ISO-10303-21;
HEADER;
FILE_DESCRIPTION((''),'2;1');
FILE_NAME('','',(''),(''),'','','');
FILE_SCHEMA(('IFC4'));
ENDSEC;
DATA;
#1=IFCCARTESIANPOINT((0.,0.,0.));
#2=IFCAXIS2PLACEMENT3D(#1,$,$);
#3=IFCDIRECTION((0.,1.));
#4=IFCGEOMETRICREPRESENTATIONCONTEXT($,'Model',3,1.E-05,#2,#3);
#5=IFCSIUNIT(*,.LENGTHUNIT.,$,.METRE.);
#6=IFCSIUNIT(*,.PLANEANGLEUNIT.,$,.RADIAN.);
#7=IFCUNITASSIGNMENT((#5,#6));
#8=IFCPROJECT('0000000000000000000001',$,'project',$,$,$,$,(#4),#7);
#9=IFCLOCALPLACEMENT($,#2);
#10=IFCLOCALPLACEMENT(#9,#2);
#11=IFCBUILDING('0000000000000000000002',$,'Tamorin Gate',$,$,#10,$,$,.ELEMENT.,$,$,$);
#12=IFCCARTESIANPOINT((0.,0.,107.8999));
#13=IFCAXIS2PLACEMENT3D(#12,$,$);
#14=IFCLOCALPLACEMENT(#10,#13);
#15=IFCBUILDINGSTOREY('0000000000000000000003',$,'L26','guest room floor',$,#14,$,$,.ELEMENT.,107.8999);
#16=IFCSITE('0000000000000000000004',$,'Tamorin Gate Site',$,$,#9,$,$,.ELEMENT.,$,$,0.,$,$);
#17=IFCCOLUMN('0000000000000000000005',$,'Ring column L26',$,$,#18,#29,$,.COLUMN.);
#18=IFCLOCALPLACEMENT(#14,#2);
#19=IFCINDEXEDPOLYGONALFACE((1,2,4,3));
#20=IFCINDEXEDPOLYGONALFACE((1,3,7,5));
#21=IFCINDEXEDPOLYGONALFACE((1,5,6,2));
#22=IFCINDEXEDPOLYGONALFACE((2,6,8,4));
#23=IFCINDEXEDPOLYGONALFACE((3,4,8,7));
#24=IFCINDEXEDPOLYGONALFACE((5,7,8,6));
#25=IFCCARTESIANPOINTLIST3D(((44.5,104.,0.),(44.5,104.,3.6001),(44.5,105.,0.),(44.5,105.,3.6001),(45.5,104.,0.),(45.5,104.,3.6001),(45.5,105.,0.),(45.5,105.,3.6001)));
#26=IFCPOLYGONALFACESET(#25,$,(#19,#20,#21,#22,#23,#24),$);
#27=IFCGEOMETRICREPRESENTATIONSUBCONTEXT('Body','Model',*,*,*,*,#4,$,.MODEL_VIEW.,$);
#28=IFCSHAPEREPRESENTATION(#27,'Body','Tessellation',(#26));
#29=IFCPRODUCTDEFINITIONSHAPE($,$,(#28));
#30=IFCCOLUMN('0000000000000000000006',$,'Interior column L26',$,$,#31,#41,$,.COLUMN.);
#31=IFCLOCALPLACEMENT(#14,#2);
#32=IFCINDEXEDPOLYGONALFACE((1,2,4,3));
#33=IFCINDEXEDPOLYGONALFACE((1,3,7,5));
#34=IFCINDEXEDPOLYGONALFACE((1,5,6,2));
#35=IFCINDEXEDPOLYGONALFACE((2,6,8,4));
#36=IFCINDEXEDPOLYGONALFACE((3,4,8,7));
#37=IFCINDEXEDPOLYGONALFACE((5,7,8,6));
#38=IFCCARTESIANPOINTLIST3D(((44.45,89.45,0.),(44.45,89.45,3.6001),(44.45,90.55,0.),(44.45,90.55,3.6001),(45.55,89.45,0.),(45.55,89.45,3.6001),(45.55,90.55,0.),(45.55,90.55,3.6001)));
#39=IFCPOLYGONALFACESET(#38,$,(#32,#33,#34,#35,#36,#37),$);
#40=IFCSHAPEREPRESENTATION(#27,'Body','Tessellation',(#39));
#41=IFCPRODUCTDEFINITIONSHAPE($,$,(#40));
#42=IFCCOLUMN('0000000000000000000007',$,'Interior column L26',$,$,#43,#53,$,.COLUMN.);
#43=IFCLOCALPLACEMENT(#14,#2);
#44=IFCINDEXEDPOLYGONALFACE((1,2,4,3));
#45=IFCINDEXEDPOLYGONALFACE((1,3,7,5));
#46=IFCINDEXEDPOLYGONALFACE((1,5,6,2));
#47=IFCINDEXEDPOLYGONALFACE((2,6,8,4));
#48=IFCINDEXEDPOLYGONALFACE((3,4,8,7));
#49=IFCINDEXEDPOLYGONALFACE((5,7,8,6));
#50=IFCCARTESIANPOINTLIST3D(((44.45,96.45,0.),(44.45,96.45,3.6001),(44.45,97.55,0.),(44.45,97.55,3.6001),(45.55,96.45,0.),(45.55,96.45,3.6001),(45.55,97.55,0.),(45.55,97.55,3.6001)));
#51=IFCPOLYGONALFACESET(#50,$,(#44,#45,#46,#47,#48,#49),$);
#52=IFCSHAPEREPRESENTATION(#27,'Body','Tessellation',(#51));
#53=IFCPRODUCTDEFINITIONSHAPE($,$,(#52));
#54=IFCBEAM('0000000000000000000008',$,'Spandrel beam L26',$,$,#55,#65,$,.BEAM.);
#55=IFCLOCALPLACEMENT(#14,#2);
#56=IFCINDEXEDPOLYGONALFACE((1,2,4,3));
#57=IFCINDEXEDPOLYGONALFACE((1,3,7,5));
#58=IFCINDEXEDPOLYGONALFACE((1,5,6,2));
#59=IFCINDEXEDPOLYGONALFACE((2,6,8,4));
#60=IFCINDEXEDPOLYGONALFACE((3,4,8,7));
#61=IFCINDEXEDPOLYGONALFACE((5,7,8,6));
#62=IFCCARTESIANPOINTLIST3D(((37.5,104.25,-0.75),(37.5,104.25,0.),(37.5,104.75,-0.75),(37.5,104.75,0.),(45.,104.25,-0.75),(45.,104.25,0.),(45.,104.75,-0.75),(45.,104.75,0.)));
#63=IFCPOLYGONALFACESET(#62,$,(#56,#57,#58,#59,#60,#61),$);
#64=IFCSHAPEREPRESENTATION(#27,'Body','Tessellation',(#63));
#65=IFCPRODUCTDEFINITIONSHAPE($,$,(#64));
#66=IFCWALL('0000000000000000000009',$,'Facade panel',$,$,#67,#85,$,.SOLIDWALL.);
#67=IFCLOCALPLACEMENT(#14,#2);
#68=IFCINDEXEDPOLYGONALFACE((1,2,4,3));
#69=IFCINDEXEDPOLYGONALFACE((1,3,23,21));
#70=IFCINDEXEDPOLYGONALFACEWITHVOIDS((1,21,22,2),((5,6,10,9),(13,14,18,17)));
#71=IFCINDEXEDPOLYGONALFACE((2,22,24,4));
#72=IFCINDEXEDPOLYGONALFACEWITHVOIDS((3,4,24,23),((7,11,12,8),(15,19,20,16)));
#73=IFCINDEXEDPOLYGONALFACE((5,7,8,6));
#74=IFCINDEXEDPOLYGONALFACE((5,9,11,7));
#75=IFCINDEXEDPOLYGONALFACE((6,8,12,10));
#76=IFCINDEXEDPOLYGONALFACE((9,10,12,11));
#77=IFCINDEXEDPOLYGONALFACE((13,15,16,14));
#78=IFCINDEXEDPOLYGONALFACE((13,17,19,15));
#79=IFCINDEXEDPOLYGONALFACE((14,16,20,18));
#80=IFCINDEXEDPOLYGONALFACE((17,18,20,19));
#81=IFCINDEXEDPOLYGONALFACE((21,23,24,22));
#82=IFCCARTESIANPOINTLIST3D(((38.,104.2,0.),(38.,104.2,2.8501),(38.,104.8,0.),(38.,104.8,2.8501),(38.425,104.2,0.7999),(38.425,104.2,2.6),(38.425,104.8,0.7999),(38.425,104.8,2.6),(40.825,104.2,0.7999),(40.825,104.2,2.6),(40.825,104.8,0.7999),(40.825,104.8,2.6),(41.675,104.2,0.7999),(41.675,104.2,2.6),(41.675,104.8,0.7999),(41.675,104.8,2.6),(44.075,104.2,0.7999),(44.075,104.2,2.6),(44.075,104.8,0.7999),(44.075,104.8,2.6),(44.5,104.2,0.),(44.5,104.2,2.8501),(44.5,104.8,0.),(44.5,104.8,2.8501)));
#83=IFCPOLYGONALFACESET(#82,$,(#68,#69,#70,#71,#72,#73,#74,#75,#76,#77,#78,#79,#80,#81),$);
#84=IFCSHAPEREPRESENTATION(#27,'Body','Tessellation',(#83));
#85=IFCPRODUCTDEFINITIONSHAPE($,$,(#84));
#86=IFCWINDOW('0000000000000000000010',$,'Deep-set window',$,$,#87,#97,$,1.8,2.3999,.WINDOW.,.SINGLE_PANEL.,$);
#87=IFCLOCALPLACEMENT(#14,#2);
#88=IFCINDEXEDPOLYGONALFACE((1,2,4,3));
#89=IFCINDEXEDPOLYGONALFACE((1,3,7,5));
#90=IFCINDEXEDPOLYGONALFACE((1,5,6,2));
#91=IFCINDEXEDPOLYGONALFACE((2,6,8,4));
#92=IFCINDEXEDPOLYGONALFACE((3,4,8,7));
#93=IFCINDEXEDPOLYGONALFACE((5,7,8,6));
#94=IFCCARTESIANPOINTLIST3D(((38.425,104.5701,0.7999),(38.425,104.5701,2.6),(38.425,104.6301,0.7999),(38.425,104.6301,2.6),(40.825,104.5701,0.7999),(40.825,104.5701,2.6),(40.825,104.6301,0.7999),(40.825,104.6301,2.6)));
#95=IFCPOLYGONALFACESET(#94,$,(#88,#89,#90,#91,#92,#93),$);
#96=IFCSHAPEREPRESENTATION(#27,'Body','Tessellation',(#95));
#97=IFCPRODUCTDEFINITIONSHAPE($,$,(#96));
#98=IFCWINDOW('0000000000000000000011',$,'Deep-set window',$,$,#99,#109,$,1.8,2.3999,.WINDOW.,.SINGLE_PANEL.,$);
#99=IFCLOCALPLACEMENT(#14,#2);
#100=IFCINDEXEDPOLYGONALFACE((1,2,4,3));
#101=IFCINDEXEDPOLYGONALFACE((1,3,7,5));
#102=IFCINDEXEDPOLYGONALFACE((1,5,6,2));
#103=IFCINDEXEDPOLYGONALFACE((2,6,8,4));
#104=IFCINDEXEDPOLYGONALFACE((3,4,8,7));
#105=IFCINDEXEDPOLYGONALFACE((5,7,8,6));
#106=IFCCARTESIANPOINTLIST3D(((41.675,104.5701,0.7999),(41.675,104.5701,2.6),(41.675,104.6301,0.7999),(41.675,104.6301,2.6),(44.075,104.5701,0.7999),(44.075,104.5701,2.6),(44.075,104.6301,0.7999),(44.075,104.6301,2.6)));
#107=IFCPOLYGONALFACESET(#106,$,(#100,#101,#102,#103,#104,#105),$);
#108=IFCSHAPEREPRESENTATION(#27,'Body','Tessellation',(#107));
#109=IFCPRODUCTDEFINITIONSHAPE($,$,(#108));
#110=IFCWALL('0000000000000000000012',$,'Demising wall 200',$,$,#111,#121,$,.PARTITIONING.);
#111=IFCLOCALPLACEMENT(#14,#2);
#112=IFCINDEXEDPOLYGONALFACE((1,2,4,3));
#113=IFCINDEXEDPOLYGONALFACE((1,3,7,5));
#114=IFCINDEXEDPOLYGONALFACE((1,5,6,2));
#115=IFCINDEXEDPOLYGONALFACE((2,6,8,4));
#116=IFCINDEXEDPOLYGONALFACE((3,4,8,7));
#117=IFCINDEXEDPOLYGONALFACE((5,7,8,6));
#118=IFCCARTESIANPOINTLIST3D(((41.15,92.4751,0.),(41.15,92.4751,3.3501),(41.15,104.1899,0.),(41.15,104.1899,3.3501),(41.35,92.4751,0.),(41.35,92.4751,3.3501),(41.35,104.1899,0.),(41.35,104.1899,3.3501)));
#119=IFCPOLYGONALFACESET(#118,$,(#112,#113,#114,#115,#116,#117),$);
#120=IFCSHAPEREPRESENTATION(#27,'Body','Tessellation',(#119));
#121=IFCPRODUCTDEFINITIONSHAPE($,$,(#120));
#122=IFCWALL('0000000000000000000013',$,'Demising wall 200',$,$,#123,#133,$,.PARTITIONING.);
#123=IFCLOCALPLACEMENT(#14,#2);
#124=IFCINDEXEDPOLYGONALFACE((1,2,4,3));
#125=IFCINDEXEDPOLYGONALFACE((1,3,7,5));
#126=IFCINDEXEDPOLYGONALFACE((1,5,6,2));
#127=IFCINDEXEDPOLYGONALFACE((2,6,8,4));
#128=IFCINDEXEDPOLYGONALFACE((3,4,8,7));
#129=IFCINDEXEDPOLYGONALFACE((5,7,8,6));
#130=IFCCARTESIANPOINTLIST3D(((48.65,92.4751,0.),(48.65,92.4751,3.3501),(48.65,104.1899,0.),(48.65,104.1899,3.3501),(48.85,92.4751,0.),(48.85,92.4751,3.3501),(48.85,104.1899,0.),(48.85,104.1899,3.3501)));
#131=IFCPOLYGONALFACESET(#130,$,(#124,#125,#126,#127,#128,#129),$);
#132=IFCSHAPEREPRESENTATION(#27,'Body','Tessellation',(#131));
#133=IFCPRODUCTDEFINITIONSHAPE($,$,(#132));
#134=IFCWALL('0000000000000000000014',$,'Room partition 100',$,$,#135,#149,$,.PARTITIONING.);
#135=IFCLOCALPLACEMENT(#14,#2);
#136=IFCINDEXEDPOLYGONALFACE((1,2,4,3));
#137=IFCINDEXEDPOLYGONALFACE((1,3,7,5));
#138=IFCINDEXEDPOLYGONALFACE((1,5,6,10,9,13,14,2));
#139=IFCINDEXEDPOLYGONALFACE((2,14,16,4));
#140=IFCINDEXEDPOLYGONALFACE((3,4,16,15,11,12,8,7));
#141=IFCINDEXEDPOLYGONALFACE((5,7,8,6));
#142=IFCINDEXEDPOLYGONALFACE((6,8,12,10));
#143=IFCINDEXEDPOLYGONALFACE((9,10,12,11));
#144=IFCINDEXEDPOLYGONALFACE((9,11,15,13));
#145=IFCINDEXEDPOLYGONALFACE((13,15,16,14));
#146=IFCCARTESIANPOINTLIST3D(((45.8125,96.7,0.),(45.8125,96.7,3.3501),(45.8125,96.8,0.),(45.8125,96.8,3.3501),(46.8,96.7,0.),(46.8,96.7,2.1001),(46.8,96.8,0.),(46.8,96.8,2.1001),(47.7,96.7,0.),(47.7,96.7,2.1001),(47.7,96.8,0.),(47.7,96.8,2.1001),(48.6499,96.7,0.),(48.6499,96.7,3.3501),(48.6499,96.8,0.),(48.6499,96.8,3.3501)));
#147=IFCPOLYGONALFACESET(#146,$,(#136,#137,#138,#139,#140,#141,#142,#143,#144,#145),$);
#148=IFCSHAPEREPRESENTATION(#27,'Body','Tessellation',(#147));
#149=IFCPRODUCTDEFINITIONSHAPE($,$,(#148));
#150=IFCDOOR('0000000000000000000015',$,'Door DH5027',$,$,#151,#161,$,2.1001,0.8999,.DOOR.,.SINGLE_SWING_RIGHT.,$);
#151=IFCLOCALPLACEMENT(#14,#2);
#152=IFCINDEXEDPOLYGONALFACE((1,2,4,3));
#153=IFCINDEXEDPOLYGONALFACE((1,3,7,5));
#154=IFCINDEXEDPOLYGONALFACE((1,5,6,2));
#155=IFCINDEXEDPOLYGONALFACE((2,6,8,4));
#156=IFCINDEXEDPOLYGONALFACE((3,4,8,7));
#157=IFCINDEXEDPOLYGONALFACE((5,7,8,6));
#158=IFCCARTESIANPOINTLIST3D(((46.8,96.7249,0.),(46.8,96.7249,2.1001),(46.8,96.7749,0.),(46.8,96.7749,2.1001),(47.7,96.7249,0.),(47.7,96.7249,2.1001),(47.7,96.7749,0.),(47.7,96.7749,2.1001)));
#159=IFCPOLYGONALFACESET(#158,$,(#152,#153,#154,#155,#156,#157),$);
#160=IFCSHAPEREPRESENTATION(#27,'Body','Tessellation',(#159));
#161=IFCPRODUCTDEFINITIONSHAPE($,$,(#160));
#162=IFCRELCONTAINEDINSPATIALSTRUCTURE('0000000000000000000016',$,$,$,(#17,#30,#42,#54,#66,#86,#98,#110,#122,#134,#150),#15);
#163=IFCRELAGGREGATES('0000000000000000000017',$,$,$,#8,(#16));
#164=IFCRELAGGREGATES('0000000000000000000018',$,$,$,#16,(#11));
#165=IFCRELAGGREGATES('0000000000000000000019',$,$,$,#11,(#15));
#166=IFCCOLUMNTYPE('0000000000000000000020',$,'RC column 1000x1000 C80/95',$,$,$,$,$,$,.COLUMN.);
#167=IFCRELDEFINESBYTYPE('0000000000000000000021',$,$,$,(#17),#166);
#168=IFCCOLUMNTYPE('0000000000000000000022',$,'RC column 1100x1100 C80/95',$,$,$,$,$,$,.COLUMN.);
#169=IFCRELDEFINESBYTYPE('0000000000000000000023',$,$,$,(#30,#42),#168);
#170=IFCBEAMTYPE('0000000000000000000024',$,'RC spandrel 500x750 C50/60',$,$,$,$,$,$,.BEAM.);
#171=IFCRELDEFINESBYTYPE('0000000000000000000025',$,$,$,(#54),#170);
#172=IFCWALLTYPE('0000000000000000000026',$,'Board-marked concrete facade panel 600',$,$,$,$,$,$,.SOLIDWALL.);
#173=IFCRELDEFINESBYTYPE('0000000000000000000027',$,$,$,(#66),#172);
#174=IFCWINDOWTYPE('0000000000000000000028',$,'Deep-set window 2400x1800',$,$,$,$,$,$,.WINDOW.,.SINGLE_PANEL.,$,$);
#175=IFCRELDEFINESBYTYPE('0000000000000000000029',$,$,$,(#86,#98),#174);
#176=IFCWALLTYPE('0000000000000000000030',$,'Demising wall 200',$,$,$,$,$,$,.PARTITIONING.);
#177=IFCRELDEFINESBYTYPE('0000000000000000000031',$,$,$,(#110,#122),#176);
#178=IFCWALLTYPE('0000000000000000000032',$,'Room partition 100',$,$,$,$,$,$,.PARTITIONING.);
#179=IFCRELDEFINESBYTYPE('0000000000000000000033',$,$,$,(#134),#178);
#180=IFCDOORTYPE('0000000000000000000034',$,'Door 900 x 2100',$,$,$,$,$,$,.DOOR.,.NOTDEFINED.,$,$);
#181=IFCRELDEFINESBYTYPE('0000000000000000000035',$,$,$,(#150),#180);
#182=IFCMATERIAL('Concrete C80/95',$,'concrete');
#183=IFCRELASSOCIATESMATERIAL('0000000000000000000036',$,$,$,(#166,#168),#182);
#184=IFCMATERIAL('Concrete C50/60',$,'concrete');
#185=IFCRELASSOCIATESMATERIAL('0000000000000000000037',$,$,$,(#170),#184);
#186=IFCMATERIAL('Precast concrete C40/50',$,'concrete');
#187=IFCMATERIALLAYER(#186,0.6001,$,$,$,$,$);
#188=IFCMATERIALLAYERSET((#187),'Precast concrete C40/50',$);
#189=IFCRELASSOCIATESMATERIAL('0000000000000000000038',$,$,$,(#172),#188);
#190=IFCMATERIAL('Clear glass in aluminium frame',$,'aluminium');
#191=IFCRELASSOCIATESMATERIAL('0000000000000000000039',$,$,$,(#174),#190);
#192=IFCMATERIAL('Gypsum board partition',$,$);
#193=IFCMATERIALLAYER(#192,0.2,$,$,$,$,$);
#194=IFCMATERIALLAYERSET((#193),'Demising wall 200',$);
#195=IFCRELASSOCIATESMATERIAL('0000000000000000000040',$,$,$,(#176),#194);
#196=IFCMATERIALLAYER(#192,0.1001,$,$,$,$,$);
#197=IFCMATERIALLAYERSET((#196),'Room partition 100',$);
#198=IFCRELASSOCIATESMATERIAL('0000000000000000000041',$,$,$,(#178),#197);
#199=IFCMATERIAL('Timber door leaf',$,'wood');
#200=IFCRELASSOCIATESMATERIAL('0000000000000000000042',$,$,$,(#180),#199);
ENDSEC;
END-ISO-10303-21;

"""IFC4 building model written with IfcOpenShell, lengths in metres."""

from ifc_helpers import new_model, si_unit, direction, frame, frame_2d, origin, origin_2d, place, context, subcontext, project, spatial, rectangle, extrude, material, layer, layer_set, material_profile, profile_set, type_object, element, fill, save


model = new_model("IFC4")

# Units and contexts
model_context = context("Model", 3, precision=1e-05, world=origin(), true_north=direction((0.0, 1.0)))
body_context = subcontext(model_context, "Body", "Model", "MODEL_VIEW")
ifc_project = project(units=[si_unit("LENGTHUNIT", "METRE"), si_unit("PLANEANGLEUNIT", "RADIAN")], contexts=[model_context])

# Site, building, storey
site_placement = place(None, origin())
site = spatial("IfcSite", under=ifc_project, at=site_placement, Name="Tamorin Gate Site", CompositionType="ELEMENT", RefElevation=0.0)
building_placement = place(site_placement, origin())
building = spatial("IfcBuilding", under=site, at=building_placement, Name="Tamorin Gate", CompositionType="ELEMENT")
storey_placement = place(building_placement, frame((0.0, 0.0, 107.8999)))
storey = spatial("IfcBuildingStorey", under=building, at=storey_placement, Name="L26", Description="guest room floor", CompositionType="ELEMENT", Elevation=107.8999)

# Columns
ifc_material_1 = material(Name="Concrete C80/95", Category="concrete")
ifc_material_profile_1 = material_profile(ifc_material_1, rectangle(XDim=1.0, YDim=1.0, at=origin_2d()), Name="RC 1000x1000")
ifc_profile_set_1 = profile_set([ifc_material_profile_1], Name="Concrete C80/95")
column_type_1 = type_object("IfcColumnType", Name="RC column 1000x1000 C80/95", PredefinedType="COLUMN", material=ifc_profile_set_1)
column_placement = place(storey_placement, frame((45.0, 104.5, 0.0), z_axis=(0.0, 0.0, 1.0), x_axis=(1.0, 0.0, 0.0)))
element("IfcColumn", 1, at=column_placement, inside=storey, type_object=column_type_1, Name="Ring column L26", PredefinedType="COLUMN", context=body_context, shape_type="SweptSolid", body=[
    extrude(rectangle(XDim=1.0, YDim=1.0, at=origin_2d()), origin(), (0.0, 0.0, 1.0), 3.6001),
])
ifc_material_profile_2 = material_profile(ifc_material_1, rectangle(XDim=1.1001, YDim=1.1001, at=origin_2d()), Name="RC 1100x1100")
ifc_profile_set_2 = profile_set([ifc_material_profile_2], Name="Concrete C80/95")
column_type_2 = type_object("IfcColumnType", Name="RC column 1100x1100 C80/95", PredefinedType="COLUMN", material=ifc_profile_set_2)
for number, where, z_axis, x_axis, name in (
    (2, (45.0, 90.0, 0.0), (0.0, 0.0, 1.0), (1.0, 0.0, 0.0), "Interior column L26"),
    (3, (45.0, 97.0, 0.0), (0.0, 0.0, 1.0), (1.0, 0.0, 0.0), "Interior column L26"),
):
    element("IfcColumn", number, at=place(storey_placement, frame(where, z_axis=z_axis, x_axis=x_axis)), inside=storey, type_object=column_type_2, Name=name, PredefinedType="COLUMN", context=body_context, shape_type="SweptSolid", body=[
        extrude(rectangle(XDim=1.1001, YDim=1.1001, at=origin_2d()), origin(), (0.0, 0.0, 1.0), 3.6001),
    ])

# Beam
ifc_material_2 = material(Name="Concrete C50/60", Category="concrete")
ifc_material_profile_3 = material_profile(ifc_material_2, rectangle(XDim=0.5, YDim=0.75, at=origin_2d()), Name="RC 500x750")
ifc_profile_set_3 = profile_set([ifc_material_profile_3], Name="Concrete C50/60")
beam_type = type_object("IfcBeamType", Name="RC spandrel 500x750 C50/60", PredefinedType="BEAM", material=ifc_profile_set_3)
beam_placement = place(storey_placement, frame((45.0, 104.5, -0.375), z_axis=(-1.0, 0.0, 0.0), x_axis=(0.0, -1.0, 0.0)))
element("IfcBeam", 4, at=beam_placement, inside=storey, type_object=beam_type, Name="Spandrel beam L26", PredefinedType="BEAM", context=body_context, shape_type="SweptSolid", body=[
    extrude(rectangle(XDim=0.5, YDim=0.75, at=origin_2d()), origin(), (0.0, 0.0, 1.0), 7.5),
])

# Wall, openings, windows
ifc_material_3 = material(Name="Precast concrete C40/50", Category="concrete")
ifc_layer_1 = layer(ifc_material_3, 0.6001)
ifc_layer_set_1 = layer_set([ifc_layer_1], Name="Precast concrete C40/50")
wall_type_1 = type_object("IfcWallType", Name="Board-marked concrete facade panel 600", PredefinedType="SOLIDWALL", material=ifc_layer_set_1)
wall_1_placement = place(storey_placement, frame((44.5, 104.5, 0.0), z_axis=(0.0, 0.0, 1.0), x_axis=(-1.0, 0.0, 0.0)))
wall_1 = element("IfcWall", 5, at=wall_1_placement, inside=storey, type_object=wall_type_1, Name="Facade panel", PredefinedType="SOLIDWALL", context=body_context, shape_type="SweptSolid", body=[
    extrude(rectangle(XDim=6.5, YDim=0.6001, at=frame_2d((3.25, 0.0))), origin(), (0.0, 0.0, 1.0), 2.8501),
])
opening_1_placement = place(wall_1_placement, frame((3.675, 0.0, 0.8)))
opening_1 = element("IfcOpeningElement", 6, at=opening_1_placement, cuts=wall_1, PredefinedType="OPENING", context=body_context, shape_type="SweptSolid", body=[
    extrude(rectangle(XDim=2.3999, YDim=1.8, at=frame_2d((1.2, 0.8999))), frame((0.0, 0.3101, 0.0), z_axis=(0.0, -1.0, 0.0), x_axis=(1.0, 0.0, 0.0)), (0.0, 0.0, 1.0), 0.6201),
])
opening_2_placement = place(wall_1_placement, frame((0.425, 0.0, 0.8)))
opening_2 = element("IfcOpeningElement", 7, at=opening_2_placement, cuts=wall_1, PredefinedType="OPENING", context=body_context, shape_type="SweptSolid", body=[
    extrude(rectangle(XDim=2.3999, YDim=1.8, at=frame_2d((1.2, 0.8999))), frame((0.0, 0.3101, 0.0), z_axis=(0.0, -1.0, 0.0), x_axis=(1.0, 0.0, 0.0)), (0.0, 0.0, 1.0), 0.6201),
])
ifc_material_4 = material(Name="Clear glass in aluminium frame", Category="aluminium")
window_type = type_object("IfcWindowType", Name="Deep-set window 2400x1800", PartitioningType="SINGLE_PANEL", PredefinedType="WINDOW", material=ifc_material_4)
window_1_placement = place(opening_1_placement, origin())
window_1 = element("IfcWindow", 8, at=window_1_placement, inside=storey, type_object=window_type, Name="Deep-set window", OverallHeight=1.8, OverallWidth=2.3999, PartitioningType="SINGLE_PANEL", PredefinedType="WINDOW", context=body_context, shape_type="SweptSolid", body=[
    extrude(rectangle(XDim=2.3999, YDim=1.8, at=frame_2d((1.2, 0.8999))), frame((0.0, -0.0701, 0.0), z_axis=(0.0, -1.0, 0.0), x_axis=(1.0, 0.0, 0.0)), (0.0, 0.0, 1.0), 0.0601),
])
fill(opening_1, window_1)
window_2_placement = place(opening_2_placement, origin())
window_2 = element("IfcWindow", 9, at=window_2_placement, inside=storey, type_object=window_type, Name="Deep-set window", OverallHeight=1.8, OverallWidth=2.3999, PartitioningType="SINGLE_PANEL", PredefinedType="WINDOW", context=body_context, shape_type="SweptSolid", body=[
    extrude(rectangle(XDim=2.3999, YDim=1.8, at=frame_2d((1.2, 0.8999))), frame((0.0, -0.0701, 0.0), z_axis=(0.0, -1.0, 0.0), x_axis=(1.0, 0.0, 0.0)), (0.0, 0.0, 1.0), 0.0601),
])
fill(opening_2, window_2)

# Walls
ifc_material_5 = material(Name="Gypsum board partition")
ifc_layer_2 = layer(ifc_material_5, 0.2)
ifc_layer_set_2 = layer_set([ifc_layer_2], Name="Demising wall 200")
wall_type_2 = type_object("IfcWallType", Name="Demising wall 200", PredefinedType="PARTITIONING", material=ifc_layer_set_2)
for number, where, z_axis, x_axis, name in (
    (10, (41.25, 92.4751, 0.0), (0.0, 0.0, 1.0), (0.0, 1.0, 0.0), "Demising wall 200"),
    (11, (48.75, 92.4751, 0.0), (0.0, 0.0, 1.0), (0.0, 1.0, 0.0), "Demising wall 200"),
):
    element("IfcWall", number, at=place(storey_placement, frame(where, z_axis=z_axis, x_axis=x_axis)), inside=storey, type_object=wall_type_2, Name=name, PredefinedType="PARTITIONING", context=body_context, shape_type="SweptSolid", body=[
        extrude(rectangle(XDim=11.7148, YDim=0.2, at=frame_2d((5.8574, 0.0))), origin(), (0.0, 0.0, 1.0), 3.3501),
    ])

# Wall, opening, door
ifc_layer_3 = layer(ifc_material_5, 0.1001)
ifc_layer_set_3 = layer_set([ifc_layer_3], Name="Room partition 100")
wall_type_3 = type_object("IfcWallType", Name="Room partition 100", PredefinedType="PARTITIONING", material=ifc_layer_set_3)
wall_2_placement = place(storey_placement, frame((45.8125, 96.75, 0.0), z_axis=(0.0, 0.0, 1.0), x_axis=(1.0, 0.0, 0.0)))
wall_2 = element("IfcWall", 12, at=wall_2_placement, inside=storey, type_object=wall_type_3, Name="Room partition 100", PredefinedType="PARTITIONING", context=body_context, shape_type="SweptSolid", body=[
    extrude(rectangle(XDim=2.8374, YDim=0.1001, at=frame_2d((1.4187, 0.0))), origin(), (0.0, 0.0, 1.0), 3.3501),
])
opening_3_placement = place(wall_2_placement, frame((0.9875, 0.0, 0.0)))
opening_3 = element("IfcOpeningElement", 13, at=opening_3_placement, cuts=wall_2, PredefinedType="OPENING", context=body_context, shape_type="SweptSolid", body=[
    extrude(rectangle(XDim=0.8999, YDim=2.1001, at=frame_2d((0.45, 1.05))), frame((0.0, 0.0601, 0.0), z_axis=(0.0, -1.0, 0.0), x_axis=(1.0, 0.0, 0.0)), (0.0, 0.0, 1.0), 0.1201),
])
ifc_material_6 = material(Name="Timber door leaf", Category="wood")
door_type = type_object("IfcDoorType", Name="Door 900 x 2100", OperationType="NOTDEFINED", PredefinedType="DOOR", material=ifc_material_6)
door_1_placement = place(opening_3_placement, origin())
door_1 = element("IfcDoor", 14, at=door_1_placement, inside=storey, type_object=door_type, Name="Door DH5027", OperationType="SINGLE_SWING_RIGHT", OverallHeight=2.1001, OverallWidth=0.8999, PredefinedType="DOOR", context=body_context, shape_type="SweptSolid", body=[
    extrude(rectangle(XDim=0.8999, YDim=2.1001, at=frame_2d((0.45, 1.05))), frame((0.0, 0.0249, 0.0), z_axis=(0.0, -1.0, 0.0), x_axis=(1.0, 0.0, 0.0)), (0.0, 0.0, 1.0), 0.05),
])
fill(opening_3, door_1)

save(model, "model.ifc")
